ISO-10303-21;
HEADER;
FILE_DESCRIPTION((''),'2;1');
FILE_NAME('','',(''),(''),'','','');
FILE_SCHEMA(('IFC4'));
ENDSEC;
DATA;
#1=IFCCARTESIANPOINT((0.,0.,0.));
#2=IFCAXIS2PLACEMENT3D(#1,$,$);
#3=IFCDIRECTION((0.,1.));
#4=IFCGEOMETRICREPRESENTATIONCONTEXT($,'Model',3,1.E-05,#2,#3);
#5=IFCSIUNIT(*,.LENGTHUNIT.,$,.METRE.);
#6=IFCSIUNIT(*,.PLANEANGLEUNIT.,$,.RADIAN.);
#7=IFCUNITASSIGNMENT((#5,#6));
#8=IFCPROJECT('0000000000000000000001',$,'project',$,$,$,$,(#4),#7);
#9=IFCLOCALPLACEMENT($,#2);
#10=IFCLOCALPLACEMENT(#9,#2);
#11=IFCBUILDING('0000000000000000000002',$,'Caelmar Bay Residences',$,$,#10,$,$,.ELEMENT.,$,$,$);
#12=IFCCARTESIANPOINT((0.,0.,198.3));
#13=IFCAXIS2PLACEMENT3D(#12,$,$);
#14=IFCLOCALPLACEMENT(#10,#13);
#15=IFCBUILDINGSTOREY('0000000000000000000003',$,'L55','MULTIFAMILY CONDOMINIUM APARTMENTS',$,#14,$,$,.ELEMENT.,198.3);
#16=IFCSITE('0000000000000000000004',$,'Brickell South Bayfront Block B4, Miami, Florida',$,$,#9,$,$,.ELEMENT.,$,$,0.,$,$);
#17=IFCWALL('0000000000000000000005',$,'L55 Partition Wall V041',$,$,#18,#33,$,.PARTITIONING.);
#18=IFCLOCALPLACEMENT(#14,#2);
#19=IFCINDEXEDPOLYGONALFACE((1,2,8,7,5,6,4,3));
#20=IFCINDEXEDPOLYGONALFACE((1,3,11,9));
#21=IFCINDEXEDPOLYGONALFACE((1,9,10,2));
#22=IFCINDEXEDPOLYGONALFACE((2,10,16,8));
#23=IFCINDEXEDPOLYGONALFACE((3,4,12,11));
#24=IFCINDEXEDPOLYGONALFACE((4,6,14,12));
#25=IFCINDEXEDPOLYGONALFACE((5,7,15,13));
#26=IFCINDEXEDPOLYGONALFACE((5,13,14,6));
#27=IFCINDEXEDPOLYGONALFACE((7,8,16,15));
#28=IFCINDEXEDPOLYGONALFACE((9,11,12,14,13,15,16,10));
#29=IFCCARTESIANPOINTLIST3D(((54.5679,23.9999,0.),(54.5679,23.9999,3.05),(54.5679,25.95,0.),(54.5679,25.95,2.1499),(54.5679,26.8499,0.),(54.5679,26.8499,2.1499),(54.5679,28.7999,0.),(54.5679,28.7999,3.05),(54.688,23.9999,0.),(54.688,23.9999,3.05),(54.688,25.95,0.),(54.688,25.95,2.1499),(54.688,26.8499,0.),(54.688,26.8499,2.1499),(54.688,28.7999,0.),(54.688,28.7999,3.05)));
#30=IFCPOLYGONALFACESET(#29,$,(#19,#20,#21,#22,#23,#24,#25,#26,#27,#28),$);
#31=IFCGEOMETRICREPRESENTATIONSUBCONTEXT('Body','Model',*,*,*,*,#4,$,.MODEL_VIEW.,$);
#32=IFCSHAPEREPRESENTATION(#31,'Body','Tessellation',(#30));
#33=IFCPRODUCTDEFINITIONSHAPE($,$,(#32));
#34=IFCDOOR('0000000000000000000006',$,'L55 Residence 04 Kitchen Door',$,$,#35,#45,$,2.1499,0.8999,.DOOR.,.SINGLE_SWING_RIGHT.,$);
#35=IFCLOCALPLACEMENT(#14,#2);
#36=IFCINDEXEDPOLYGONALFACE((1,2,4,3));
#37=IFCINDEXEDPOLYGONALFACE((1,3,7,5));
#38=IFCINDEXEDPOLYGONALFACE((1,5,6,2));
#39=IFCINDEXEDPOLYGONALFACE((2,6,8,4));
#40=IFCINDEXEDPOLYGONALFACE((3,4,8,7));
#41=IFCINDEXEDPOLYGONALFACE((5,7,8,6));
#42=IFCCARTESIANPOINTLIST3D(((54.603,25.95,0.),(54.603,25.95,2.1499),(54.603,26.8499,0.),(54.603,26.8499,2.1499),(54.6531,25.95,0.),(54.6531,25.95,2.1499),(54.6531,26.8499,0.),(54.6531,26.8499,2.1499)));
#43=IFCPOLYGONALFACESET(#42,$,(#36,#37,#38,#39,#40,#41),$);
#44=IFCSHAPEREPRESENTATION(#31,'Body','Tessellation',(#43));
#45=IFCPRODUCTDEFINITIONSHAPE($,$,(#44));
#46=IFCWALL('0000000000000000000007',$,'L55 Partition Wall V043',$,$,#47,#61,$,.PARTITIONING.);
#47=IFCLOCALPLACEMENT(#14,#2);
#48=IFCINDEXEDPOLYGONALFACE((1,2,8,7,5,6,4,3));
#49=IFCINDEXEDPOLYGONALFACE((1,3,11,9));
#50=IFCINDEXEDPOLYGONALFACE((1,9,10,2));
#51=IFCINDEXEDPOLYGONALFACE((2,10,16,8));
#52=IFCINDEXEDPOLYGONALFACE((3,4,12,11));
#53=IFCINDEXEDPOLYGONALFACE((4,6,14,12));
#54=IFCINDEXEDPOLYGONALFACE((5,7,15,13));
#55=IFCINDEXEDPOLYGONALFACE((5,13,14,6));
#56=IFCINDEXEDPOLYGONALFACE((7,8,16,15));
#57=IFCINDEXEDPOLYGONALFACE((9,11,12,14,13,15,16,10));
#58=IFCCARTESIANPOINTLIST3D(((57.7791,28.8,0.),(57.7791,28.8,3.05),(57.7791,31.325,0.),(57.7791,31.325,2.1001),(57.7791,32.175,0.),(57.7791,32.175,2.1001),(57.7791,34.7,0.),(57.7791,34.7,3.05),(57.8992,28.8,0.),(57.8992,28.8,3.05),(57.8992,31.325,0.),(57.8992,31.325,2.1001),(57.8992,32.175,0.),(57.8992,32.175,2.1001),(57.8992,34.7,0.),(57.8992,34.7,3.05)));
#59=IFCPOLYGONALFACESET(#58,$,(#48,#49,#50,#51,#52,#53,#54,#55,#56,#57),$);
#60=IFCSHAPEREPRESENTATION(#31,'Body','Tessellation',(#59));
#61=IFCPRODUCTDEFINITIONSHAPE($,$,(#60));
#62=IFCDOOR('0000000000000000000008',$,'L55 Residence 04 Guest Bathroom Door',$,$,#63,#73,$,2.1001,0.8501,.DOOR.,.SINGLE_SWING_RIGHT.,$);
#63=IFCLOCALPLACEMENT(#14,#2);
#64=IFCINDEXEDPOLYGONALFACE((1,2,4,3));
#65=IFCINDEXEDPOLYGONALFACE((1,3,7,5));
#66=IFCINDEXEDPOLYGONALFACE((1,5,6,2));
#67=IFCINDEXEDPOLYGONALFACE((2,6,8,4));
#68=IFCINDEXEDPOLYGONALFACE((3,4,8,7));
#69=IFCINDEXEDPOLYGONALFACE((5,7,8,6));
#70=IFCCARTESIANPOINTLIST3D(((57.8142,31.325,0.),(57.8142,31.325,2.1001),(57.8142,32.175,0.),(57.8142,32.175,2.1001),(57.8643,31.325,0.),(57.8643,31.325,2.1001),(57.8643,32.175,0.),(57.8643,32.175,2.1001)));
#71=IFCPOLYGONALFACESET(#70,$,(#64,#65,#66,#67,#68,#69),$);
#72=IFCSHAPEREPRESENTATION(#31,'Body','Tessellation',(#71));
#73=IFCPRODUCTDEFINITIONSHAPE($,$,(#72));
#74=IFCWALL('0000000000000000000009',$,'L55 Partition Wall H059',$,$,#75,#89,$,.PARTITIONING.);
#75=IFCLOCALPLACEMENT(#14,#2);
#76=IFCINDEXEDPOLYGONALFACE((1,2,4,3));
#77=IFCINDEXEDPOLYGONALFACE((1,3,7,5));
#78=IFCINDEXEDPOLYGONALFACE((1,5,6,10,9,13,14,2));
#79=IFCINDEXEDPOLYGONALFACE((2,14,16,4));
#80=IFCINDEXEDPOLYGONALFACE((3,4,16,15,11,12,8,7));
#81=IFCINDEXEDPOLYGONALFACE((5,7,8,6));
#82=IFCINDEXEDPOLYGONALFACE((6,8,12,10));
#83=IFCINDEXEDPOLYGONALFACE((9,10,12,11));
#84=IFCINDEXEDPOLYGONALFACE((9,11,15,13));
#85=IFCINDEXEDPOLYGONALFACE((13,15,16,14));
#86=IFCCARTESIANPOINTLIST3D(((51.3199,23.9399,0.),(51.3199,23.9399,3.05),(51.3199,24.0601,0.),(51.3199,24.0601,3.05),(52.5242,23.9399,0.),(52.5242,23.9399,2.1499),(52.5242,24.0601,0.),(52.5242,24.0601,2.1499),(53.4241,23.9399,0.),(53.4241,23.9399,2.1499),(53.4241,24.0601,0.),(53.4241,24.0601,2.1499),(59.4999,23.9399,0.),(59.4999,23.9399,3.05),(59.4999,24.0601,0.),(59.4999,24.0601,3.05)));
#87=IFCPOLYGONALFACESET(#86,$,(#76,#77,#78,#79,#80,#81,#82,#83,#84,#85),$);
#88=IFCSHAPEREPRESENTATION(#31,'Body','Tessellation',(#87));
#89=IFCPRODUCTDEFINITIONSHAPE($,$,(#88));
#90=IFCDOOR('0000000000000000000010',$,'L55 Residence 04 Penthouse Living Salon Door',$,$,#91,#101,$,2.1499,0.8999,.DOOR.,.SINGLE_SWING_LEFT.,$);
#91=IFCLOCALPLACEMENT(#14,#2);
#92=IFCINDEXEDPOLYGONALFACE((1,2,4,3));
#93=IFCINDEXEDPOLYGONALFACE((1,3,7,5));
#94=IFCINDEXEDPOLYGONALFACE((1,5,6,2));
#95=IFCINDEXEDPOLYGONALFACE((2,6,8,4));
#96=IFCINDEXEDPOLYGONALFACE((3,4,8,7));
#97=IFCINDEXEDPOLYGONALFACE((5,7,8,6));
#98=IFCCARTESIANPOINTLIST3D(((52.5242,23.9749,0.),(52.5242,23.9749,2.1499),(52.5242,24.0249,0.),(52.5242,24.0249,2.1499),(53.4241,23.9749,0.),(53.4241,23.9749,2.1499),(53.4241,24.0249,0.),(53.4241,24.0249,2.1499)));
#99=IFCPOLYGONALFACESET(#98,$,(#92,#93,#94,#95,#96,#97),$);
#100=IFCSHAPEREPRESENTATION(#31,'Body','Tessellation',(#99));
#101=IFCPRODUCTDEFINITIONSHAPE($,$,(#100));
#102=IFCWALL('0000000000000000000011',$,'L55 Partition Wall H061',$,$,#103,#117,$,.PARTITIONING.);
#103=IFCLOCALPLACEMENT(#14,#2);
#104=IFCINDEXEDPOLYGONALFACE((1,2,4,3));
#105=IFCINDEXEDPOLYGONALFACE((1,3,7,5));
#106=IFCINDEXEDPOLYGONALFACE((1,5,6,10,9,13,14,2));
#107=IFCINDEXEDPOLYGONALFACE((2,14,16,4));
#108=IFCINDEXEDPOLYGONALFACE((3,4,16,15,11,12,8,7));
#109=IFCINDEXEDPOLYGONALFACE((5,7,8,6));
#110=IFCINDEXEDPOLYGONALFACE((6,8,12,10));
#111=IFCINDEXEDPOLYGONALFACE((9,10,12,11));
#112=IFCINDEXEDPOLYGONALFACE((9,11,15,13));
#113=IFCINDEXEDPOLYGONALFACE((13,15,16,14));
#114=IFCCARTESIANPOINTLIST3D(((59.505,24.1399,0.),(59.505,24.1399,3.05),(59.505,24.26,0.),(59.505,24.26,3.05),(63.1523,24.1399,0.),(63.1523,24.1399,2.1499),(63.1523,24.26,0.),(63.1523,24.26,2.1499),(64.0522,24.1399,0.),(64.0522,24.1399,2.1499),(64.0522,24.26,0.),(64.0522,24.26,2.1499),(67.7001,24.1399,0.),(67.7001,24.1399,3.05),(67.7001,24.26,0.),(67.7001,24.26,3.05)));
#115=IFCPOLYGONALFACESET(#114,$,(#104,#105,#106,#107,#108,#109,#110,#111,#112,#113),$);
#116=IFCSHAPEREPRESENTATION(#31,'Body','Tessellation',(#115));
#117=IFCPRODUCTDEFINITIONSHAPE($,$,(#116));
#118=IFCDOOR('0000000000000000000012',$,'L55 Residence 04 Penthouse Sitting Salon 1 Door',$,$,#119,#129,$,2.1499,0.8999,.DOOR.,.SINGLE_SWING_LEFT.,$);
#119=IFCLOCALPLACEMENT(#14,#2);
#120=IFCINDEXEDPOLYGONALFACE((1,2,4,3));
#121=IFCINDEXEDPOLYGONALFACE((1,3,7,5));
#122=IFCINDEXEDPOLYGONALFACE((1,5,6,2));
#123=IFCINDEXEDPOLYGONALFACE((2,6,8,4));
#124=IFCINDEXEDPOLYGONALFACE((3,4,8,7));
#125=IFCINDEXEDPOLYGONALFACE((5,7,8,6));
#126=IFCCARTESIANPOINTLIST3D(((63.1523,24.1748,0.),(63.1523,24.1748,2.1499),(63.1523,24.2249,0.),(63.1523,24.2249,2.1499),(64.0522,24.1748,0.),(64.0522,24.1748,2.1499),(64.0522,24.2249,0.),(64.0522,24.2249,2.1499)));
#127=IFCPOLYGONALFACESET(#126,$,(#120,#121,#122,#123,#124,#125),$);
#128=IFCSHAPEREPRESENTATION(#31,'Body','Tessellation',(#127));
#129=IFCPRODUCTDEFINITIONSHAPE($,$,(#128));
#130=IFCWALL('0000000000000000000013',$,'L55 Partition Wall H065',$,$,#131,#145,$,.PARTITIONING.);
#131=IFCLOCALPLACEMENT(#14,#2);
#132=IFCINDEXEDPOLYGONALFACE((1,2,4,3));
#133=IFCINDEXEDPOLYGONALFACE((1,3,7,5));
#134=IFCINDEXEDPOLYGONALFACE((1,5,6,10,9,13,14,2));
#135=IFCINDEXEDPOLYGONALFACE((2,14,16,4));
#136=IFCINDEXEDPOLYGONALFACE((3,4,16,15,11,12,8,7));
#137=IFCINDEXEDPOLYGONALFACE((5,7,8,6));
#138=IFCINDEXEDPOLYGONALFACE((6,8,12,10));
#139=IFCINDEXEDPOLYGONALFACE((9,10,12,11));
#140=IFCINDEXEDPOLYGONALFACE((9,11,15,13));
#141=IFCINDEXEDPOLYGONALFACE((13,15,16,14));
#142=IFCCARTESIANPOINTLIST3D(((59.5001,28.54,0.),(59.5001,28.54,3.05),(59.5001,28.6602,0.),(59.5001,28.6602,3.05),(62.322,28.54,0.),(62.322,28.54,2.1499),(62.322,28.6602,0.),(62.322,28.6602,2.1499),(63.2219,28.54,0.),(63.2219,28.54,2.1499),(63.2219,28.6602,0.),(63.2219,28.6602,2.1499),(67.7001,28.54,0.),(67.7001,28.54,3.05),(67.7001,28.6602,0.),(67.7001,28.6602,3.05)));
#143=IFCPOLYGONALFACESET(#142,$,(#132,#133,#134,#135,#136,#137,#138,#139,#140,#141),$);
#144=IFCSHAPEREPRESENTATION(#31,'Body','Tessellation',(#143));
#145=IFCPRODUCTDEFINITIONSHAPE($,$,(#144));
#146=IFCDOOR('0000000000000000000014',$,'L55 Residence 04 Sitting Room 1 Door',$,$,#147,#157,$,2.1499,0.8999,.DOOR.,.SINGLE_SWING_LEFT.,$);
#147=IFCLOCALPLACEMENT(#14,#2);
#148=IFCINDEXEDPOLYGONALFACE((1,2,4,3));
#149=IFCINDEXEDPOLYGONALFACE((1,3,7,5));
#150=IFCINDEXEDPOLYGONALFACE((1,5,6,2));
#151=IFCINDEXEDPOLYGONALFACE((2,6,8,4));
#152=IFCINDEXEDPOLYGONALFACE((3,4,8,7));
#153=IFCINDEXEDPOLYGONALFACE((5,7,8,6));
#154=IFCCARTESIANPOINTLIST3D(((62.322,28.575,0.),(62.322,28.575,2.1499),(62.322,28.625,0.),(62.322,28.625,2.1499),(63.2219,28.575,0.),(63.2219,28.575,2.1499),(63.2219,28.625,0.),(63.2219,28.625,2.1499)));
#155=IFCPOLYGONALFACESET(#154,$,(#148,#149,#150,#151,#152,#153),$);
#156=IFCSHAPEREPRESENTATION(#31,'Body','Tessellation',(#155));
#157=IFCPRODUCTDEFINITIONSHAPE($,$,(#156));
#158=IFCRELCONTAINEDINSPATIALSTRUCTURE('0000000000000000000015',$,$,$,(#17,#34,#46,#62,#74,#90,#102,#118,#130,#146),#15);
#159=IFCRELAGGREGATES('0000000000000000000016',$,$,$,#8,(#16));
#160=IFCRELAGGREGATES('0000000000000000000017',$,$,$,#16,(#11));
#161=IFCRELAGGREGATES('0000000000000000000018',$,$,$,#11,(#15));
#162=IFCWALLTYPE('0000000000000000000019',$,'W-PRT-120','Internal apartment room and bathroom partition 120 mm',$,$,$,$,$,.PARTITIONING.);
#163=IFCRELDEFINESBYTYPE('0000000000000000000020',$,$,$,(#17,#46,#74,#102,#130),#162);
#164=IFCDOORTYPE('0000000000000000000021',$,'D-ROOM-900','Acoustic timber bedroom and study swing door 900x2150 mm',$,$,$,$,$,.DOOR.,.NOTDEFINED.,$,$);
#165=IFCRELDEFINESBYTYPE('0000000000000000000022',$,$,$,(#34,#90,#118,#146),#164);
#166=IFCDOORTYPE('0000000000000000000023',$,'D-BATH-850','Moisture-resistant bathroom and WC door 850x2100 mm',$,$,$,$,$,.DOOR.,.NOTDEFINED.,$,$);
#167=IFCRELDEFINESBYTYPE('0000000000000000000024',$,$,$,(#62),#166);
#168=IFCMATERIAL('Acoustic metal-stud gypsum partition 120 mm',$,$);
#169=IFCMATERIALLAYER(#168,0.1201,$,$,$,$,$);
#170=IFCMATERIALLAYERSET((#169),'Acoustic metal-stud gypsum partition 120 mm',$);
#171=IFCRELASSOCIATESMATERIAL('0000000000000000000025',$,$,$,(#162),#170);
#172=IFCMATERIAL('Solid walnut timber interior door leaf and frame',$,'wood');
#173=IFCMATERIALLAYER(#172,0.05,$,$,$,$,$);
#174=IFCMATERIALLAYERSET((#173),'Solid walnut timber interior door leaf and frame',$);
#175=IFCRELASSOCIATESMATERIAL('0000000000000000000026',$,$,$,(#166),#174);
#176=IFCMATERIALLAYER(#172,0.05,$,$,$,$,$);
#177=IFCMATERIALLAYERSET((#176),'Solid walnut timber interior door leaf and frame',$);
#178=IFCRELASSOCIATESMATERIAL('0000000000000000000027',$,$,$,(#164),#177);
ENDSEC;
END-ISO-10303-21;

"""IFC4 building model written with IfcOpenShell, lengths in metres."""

from ifc_helpers import new_model, si_unit, direction, frame, frame_2d, origin, place, context, subcontext, project, spatial, rectangle, extrude, material, layer, layer_set, type_object, element, fill, save


model = new_model("IFC4")

# Units and contexts
model_context = context("Model", 3, precision=1e-05, world=origin(), true_north=direction((0.0, 1.0)))
body_context = subcontext(model_context, "Body", "Model", "MODEL_VIEW")
ifc_project = project(units=[si_unit("LENGTHUNIT", "METRE"), si_unit("PLANEANGLEUNIT", "RADIAN")], contexts=[model_context])

# Site, building, storey
site_placement = place(None, origin())
site = spatial("IfcSite", under=ifc_project, at=site_placement, Name="Brickell South Bayfront Block B4, Miami, Florida", CompositionType="ELEMENT", RefElevation=0.0)
building_placement = place(site_placement, origin())
building = spatial("IfcBuilding", under=site, at=building_placement, Name="Caelmar Bay Residences", CompositionType="ELEMENT")
storey_placement = place(building_placement, frame((0.0, 0.0, 198.3)))
storey = spatial("IfcBuildingStorey", under=building, at=storey_placement, Name="L55", Description="MULTIFAMILY CONDOMINIUM APARTMENTS", CompositionType="ELEMENT", Elevation=198.3)

# Walls, openings, doors
ifc_material_1 = material(Name="Acoustic metal-stud gypsum partition 120 mm")
ifc_layer_1 = layer(ifc_material_1, 0.1201)
ifc_layer_set_1 = layer_set([ifc_layer_1], Name="Acoustic metal-stud gypsum partition 120 mm")
wall_type_1 = type_object("IfcWallType", Name="W-PRT-120", Description="Internal apartment room and bathroom partition 120 mm", PredefinedType="PARTITIONING", material=ifc_layer_set_1)
ifc_material_2 = material(Name="Solid walnut timber interior door leaf and frame", Category="wood")
ifc_layer_2 = layer(ifc_material_2, 0.05)
ifc_layer_set_2 = layer_set([ifc_layer_2], Name="Solid walnut timber interior door leaf and frame")
door_type_1 = type_object("IfcDoorType", Name="D-BATH-850", Description="Moisture-resistant bathroom and WC door 850x2100 mm", OperationType="NOTDEFINED", PredefinedType="DOOR", material=ifc_layer_set_2)
wall_1_placement = place(storey_placement, frame((54.6279, 24.0, 0.0), z_axis=(0.0, 0.0, 1.0), x_axis=(0.0, 1.0, 0.0)))
wall_1 = element("IfcWall", 1, at=wall_1_placement, inside=storey, type_object=wall_type_1, Name="L55 Partition Wall V041", PredefinedType="PARTITIONING", context=body_context, shape_type="SweptSolid", body=[
    extrude(rectangle(XDim=4.8, YDim=0.1201, at=frame_2d((2.3999, 0.0))), origin(), (0.0, 0.0, 1.0), 3.05),
])
opening_1_placement = place(wall_1_placement, frame((1.95, 0.0, 0.0)))
opening_1 = element("IfcOpeningElement", 2, at=opening_1_placement, cuts=wall_1, PredefinedType="OPENING", context=body_context, shape_type="SweptSolid", body=[
    extrude(rectangle(XDim=0.8999, YDim=2.1499, at=frame_2d((0.45, 1.075))), frame((0.0, 0.0701, 0.0), z_axis=(0.0, -1.0, 0.0), x_axis=(1.0, 0.0, 0.0)), (0.0, 0.0, 1.0), 0.1401),
])
ifc_layer_3 = layer(ifc_material_2, 0.05)
ifc_layer_set_3 = layer_set([ifc_layer_3], Name="Solid walnut timber interior door leaf and frame")
door_type_2 = type_object("IfcDoorType", Name="D-ROOM-900", Description="Acoustic timber bedroom and study swing door 900x2150 mm", OperationType="NOTDEFINED", PredefinedType="DOOR", material=ifc_layer_set_3)
door_1_placement = place(opening_1_placement, origin())
door_1 = element("IfcDoor", 3, at=door_1_placement, inside=storey, type_object=door_type_2, Name="L55 Residence 04 Kitchen Door", OperationType="SINGLE_SWING_RIGHT", OverallHeight=2.1499, OverallWidth=0.8999, PredefinedType="DOOR", context=body_context, shape_type="SweptSolid", body=[
    extrude(rectangle(XDim=0.8999, YDim=2.1499, at=frame_2d((0.45, 1.075))), frame((0.0, 0.0249, 0.0), z_axis=(0.0, -1.0, 0.0), x_axis=(1.0, 0.0, 0.0)), (0.0, 0.0, 1.0), 0.05),
])
fill(opening_1, door_1)
wall_2_placement = place(storey_placement, frame((57.8391, 28.8, 0.0), z_axis=(0.0, 0.0, 1.0), x_axis=(0.0, 1.0, 0.0)))
wall_2 = element("IfcWall", 4, at=wall_2_placement, inside=storey, type_object=wall_type_1, Name="L55 Partition Wall V043", PredefinedType="PARTITIONING", context=body_context, shape_type="SweptSolid", body=[
    extrude(rectangle(XDim=5.8999, YDim=0.1201, at=frame_2d((2.95, 0.0))), origin(), (0.0, 0.0, 1.0), 3.05),
])
opening_2_placement = place(wall_2_placement, frame((2.5249, 0.0, 0.0)))
opening_2 = element("IfcOpeningElement", 5, at=opening_2_placement, cuts=wall_2, PredefinedType="OPENING", context=body_context, shape_type="SweptSolid", body=[
    extrude(rectangle(XDim=0.8501, YDim=2.1001, at=frame_2d((0.425, 1.05))), frame((0.0, 0.0701, 0.0), z_axis=(0.0, -1.0, 0.0), x_axis=(1.0, 0.0, 0.0)), (0.0, 0.0, 1.0), 0.1401),
])
door_2_placement = place(opening_2_placement, origin())
door_2 = element("IfcDoor", 6, at=door_2_placement, inside=storey, type_object=door_type_1, Name="L55 Residence 04 Guest Bathroom Door", OperationType="SINGLE_SWING_RIGHT", OverallHeight=2.1001, OverallWidth=0.8501, PredefinedType="DOOR", context=body_context, shape_type="SweptSolid", body=[
    extrude(rectangle(XDim=0.8501, YDim=2.1001, at=frame_2d((0.425, 1.05))), frame((0.0, 0.0249, 0.0), z_axis=(0.0, -1.0, 0.0), x_axis=(1.0, 0.0, 0.0)), (0.0, 0.0, 1.0), 0.05),
])
fill(opening_2, door_2)
wall_3_placement = place(storey_placement, frame((51.3201, 24.0, 0.0), z_axis=(0.0, 0.0, 1.0), x_axis=(1.0, 0.0, 0.0)))
wall_3 = element("IfcWall", 7, at=wall_3_placement, inside=storey, type_object=wall_type_1, Name="L55 Partition Wall H059", PredefinedType="PARTITIONING", context=body_context, shape_type="SweptSolid", body=[
    extrude(rectangle(XDim=8.1799, YDim=0.1201, at=frame_2d((4.0898, 0.0))), origin(), (0.0, 0.0, 1.0), 3.05),
])
opening_3_placement = place(wall_3_placement, frame((1.2041, 0.0, 0.0)))
opening_3 = element("IfcOpeningElement", 8, at=opening_3_placement, cuts=wall_3, PredefinedType="OPENING", context=body_context, shape_type="SweptSolid", body=[
    extrude(rectangle(XDim=0.8999, YDim=2.1499, at=frame_2d((0.45, 1.075))), frame((0.0, 0.0701, 0.0), z_axis=(0.0, -1.0, 0.0), x_axis=(1.0, 0.0, 0.0)), (0.0, 0.0, 1.0), 0.1401),
])
door_3_placement = place(opening_3_placement, origin())
door_3 = element("IfcDoor", 9, at=door_3_placement, inside=storey, type_object=door_type_2, Name="L55 Residence 04 Penthouse Living Salon Door", OperationType="SINGLE_SWING_LEFT", OverallHeight=2.1499, OverallWidth=0.8999, PredefinedType="DOOR", context=body_context, shape_type="SweptSolid", body=[
    extrude(rectangle(XDim=0.8999, YDim=2.1499, at=frame_2d((0.45, 1.075))), frame((0.0, 0.0249, 0.0), z_axis=(0.0, -1.0, 0.0), x_axis=(1.0, 0.0, 0.0)), (0.0, 0.0, 1.0), 0.05),
])
fill(opening_3, door_3)
wall_4_placement = place(storey_placement, frame((59.5049, 24.2, 0.0), z_axis=(0.0, 0.0, 1.0), x_axis=(1.0, 0.0, 0.0)))
wall_4 = element("IfcWall", 10, at=wall_4_placement, inside=storey, type_object=wall_type_1, Name="L55 Partition Wall H061", PredefinedType="PARTITIONING", context=body_context, shape_type="SweptSolid", body=[
    extrude(rectangle(XDim=8.1951, YDim=0.1201, at=frame_2d((4.0977, 0.0))), origin(), (0.0, 0.0, 1.0), 3.05),
])
opening_4_placement = place(wall_4_placement, frame((3.6475, 0.0, 0.0)))
opening_4 = element("IfcOpeningElement", 11, at=opening_4_placement, cuts=wall_4, PredefinedType="OPENING", context=body_context, shape_type="SweptSolid", body=[
    extrude(rectangle(XDim=0.8999, YDim=2.1499, at=frame_2d((0.45, 1.075))), frame((0.0, 0.0701, 0.0), z_axis=(0.0, -1.0, 0.0), x_axis=(1.0, 0.0, 0.0)), (0.0, 0.0, 1.0), 0.1401),
])
door_4_placement = place(opening_4_placement, origin())
door_4 = element("IfcDoor", 12, at=door_4_placement, inside=storey, type_object=door_type_2, Name="L55 Residence 04 Penthouse Sitting Salon 1 Door", OperationType="SINGLE_SWING_LEFT", OverallHeight=2.1499, OverallWidth=0.8999, PredefinedType="DOOR", context=body_context, shape_type="SweptSolid", body=[
    extrude(rectangle(XDim=0.8999, YDim=2.1499, at=frame_2d((0.45, 1.075))), frame((0.0, 0.0249, 0.0), z_axis=(0.0, -1.0, 0.0), x_axis=(1.0, 0.0, 0.0)), (0.0, 0.0, 1.0), 0.05),
])
fill(opening_4, door_4)
wall_5_placement = place(storey_placement, frame((59.5, 28.6001, 0.0), z_axis=(0.0, 0.0, 1.0), x_axis=(1.0, 0.0, 0.0)))
wall_5 = element("IfcWall", 13, at=wall_5_placement, inside=storey, type_object=wall_type_1, Name="L55 Partition Wall H065", PredefinedType="PARTITIONING", context=body_context, shape_type="SweptSolid", body=[
    extrude(rectangle(XDim=8.2, YDim=0.1201, at=frame_2d((4.1001, 0.0))), origin(), (0.0, 0.0, 1.0), 3.05),
])
opening_5_placement = place(wall_5_placement, frame((2.822, 0.0, 0.0)))
opening_5 = element("IfcOpeningElement", 14, at=opening_5_placement, cuts=wall_5, PredefinedType="OPENING", context=body_context, shape_type="SweptSolid", body=[
    extrude(rectangle(XDim=0.8999, YDim=2.1499, at=frame_2d((0.45, 1.075))), frame((0.0, 0.0701, 0.0), z_axis=(0.0, -1.0, 0.0), x_axis=(1.0, 0.0, 0.0)), (0.0, 0.0, 1.0), 0.1401),
])
door_5_placement = place(opening_5_placement, origin())
door_5 = element("IfcDoor", 15, at=door_5_placement, inside=storey, type_object=door_type_2, Name="L55 Residence 04 Sitting Room 1 Door", OperationType="SINGLE_SWING_LEFT", OverallHeight=2.1499, OverallWidth=0.8999, PredefinedType="DOOR", context=body_context, shape_type="SweptSolid", body=[
    extrude(rectangle(XDim=0.8999, YDim=2.1499, at=frame_2d((0.45, 1.075))), frame((0.0, 0.0249, 0.0), z_axis=(0.0, -1.0, 0.0), x_axis=(1.0, 0.0, 0.0)), (0.0, 0.0, 1.0), 0.05),
])
fill(opening_5, door_5)

save(model, "model.ifc")
